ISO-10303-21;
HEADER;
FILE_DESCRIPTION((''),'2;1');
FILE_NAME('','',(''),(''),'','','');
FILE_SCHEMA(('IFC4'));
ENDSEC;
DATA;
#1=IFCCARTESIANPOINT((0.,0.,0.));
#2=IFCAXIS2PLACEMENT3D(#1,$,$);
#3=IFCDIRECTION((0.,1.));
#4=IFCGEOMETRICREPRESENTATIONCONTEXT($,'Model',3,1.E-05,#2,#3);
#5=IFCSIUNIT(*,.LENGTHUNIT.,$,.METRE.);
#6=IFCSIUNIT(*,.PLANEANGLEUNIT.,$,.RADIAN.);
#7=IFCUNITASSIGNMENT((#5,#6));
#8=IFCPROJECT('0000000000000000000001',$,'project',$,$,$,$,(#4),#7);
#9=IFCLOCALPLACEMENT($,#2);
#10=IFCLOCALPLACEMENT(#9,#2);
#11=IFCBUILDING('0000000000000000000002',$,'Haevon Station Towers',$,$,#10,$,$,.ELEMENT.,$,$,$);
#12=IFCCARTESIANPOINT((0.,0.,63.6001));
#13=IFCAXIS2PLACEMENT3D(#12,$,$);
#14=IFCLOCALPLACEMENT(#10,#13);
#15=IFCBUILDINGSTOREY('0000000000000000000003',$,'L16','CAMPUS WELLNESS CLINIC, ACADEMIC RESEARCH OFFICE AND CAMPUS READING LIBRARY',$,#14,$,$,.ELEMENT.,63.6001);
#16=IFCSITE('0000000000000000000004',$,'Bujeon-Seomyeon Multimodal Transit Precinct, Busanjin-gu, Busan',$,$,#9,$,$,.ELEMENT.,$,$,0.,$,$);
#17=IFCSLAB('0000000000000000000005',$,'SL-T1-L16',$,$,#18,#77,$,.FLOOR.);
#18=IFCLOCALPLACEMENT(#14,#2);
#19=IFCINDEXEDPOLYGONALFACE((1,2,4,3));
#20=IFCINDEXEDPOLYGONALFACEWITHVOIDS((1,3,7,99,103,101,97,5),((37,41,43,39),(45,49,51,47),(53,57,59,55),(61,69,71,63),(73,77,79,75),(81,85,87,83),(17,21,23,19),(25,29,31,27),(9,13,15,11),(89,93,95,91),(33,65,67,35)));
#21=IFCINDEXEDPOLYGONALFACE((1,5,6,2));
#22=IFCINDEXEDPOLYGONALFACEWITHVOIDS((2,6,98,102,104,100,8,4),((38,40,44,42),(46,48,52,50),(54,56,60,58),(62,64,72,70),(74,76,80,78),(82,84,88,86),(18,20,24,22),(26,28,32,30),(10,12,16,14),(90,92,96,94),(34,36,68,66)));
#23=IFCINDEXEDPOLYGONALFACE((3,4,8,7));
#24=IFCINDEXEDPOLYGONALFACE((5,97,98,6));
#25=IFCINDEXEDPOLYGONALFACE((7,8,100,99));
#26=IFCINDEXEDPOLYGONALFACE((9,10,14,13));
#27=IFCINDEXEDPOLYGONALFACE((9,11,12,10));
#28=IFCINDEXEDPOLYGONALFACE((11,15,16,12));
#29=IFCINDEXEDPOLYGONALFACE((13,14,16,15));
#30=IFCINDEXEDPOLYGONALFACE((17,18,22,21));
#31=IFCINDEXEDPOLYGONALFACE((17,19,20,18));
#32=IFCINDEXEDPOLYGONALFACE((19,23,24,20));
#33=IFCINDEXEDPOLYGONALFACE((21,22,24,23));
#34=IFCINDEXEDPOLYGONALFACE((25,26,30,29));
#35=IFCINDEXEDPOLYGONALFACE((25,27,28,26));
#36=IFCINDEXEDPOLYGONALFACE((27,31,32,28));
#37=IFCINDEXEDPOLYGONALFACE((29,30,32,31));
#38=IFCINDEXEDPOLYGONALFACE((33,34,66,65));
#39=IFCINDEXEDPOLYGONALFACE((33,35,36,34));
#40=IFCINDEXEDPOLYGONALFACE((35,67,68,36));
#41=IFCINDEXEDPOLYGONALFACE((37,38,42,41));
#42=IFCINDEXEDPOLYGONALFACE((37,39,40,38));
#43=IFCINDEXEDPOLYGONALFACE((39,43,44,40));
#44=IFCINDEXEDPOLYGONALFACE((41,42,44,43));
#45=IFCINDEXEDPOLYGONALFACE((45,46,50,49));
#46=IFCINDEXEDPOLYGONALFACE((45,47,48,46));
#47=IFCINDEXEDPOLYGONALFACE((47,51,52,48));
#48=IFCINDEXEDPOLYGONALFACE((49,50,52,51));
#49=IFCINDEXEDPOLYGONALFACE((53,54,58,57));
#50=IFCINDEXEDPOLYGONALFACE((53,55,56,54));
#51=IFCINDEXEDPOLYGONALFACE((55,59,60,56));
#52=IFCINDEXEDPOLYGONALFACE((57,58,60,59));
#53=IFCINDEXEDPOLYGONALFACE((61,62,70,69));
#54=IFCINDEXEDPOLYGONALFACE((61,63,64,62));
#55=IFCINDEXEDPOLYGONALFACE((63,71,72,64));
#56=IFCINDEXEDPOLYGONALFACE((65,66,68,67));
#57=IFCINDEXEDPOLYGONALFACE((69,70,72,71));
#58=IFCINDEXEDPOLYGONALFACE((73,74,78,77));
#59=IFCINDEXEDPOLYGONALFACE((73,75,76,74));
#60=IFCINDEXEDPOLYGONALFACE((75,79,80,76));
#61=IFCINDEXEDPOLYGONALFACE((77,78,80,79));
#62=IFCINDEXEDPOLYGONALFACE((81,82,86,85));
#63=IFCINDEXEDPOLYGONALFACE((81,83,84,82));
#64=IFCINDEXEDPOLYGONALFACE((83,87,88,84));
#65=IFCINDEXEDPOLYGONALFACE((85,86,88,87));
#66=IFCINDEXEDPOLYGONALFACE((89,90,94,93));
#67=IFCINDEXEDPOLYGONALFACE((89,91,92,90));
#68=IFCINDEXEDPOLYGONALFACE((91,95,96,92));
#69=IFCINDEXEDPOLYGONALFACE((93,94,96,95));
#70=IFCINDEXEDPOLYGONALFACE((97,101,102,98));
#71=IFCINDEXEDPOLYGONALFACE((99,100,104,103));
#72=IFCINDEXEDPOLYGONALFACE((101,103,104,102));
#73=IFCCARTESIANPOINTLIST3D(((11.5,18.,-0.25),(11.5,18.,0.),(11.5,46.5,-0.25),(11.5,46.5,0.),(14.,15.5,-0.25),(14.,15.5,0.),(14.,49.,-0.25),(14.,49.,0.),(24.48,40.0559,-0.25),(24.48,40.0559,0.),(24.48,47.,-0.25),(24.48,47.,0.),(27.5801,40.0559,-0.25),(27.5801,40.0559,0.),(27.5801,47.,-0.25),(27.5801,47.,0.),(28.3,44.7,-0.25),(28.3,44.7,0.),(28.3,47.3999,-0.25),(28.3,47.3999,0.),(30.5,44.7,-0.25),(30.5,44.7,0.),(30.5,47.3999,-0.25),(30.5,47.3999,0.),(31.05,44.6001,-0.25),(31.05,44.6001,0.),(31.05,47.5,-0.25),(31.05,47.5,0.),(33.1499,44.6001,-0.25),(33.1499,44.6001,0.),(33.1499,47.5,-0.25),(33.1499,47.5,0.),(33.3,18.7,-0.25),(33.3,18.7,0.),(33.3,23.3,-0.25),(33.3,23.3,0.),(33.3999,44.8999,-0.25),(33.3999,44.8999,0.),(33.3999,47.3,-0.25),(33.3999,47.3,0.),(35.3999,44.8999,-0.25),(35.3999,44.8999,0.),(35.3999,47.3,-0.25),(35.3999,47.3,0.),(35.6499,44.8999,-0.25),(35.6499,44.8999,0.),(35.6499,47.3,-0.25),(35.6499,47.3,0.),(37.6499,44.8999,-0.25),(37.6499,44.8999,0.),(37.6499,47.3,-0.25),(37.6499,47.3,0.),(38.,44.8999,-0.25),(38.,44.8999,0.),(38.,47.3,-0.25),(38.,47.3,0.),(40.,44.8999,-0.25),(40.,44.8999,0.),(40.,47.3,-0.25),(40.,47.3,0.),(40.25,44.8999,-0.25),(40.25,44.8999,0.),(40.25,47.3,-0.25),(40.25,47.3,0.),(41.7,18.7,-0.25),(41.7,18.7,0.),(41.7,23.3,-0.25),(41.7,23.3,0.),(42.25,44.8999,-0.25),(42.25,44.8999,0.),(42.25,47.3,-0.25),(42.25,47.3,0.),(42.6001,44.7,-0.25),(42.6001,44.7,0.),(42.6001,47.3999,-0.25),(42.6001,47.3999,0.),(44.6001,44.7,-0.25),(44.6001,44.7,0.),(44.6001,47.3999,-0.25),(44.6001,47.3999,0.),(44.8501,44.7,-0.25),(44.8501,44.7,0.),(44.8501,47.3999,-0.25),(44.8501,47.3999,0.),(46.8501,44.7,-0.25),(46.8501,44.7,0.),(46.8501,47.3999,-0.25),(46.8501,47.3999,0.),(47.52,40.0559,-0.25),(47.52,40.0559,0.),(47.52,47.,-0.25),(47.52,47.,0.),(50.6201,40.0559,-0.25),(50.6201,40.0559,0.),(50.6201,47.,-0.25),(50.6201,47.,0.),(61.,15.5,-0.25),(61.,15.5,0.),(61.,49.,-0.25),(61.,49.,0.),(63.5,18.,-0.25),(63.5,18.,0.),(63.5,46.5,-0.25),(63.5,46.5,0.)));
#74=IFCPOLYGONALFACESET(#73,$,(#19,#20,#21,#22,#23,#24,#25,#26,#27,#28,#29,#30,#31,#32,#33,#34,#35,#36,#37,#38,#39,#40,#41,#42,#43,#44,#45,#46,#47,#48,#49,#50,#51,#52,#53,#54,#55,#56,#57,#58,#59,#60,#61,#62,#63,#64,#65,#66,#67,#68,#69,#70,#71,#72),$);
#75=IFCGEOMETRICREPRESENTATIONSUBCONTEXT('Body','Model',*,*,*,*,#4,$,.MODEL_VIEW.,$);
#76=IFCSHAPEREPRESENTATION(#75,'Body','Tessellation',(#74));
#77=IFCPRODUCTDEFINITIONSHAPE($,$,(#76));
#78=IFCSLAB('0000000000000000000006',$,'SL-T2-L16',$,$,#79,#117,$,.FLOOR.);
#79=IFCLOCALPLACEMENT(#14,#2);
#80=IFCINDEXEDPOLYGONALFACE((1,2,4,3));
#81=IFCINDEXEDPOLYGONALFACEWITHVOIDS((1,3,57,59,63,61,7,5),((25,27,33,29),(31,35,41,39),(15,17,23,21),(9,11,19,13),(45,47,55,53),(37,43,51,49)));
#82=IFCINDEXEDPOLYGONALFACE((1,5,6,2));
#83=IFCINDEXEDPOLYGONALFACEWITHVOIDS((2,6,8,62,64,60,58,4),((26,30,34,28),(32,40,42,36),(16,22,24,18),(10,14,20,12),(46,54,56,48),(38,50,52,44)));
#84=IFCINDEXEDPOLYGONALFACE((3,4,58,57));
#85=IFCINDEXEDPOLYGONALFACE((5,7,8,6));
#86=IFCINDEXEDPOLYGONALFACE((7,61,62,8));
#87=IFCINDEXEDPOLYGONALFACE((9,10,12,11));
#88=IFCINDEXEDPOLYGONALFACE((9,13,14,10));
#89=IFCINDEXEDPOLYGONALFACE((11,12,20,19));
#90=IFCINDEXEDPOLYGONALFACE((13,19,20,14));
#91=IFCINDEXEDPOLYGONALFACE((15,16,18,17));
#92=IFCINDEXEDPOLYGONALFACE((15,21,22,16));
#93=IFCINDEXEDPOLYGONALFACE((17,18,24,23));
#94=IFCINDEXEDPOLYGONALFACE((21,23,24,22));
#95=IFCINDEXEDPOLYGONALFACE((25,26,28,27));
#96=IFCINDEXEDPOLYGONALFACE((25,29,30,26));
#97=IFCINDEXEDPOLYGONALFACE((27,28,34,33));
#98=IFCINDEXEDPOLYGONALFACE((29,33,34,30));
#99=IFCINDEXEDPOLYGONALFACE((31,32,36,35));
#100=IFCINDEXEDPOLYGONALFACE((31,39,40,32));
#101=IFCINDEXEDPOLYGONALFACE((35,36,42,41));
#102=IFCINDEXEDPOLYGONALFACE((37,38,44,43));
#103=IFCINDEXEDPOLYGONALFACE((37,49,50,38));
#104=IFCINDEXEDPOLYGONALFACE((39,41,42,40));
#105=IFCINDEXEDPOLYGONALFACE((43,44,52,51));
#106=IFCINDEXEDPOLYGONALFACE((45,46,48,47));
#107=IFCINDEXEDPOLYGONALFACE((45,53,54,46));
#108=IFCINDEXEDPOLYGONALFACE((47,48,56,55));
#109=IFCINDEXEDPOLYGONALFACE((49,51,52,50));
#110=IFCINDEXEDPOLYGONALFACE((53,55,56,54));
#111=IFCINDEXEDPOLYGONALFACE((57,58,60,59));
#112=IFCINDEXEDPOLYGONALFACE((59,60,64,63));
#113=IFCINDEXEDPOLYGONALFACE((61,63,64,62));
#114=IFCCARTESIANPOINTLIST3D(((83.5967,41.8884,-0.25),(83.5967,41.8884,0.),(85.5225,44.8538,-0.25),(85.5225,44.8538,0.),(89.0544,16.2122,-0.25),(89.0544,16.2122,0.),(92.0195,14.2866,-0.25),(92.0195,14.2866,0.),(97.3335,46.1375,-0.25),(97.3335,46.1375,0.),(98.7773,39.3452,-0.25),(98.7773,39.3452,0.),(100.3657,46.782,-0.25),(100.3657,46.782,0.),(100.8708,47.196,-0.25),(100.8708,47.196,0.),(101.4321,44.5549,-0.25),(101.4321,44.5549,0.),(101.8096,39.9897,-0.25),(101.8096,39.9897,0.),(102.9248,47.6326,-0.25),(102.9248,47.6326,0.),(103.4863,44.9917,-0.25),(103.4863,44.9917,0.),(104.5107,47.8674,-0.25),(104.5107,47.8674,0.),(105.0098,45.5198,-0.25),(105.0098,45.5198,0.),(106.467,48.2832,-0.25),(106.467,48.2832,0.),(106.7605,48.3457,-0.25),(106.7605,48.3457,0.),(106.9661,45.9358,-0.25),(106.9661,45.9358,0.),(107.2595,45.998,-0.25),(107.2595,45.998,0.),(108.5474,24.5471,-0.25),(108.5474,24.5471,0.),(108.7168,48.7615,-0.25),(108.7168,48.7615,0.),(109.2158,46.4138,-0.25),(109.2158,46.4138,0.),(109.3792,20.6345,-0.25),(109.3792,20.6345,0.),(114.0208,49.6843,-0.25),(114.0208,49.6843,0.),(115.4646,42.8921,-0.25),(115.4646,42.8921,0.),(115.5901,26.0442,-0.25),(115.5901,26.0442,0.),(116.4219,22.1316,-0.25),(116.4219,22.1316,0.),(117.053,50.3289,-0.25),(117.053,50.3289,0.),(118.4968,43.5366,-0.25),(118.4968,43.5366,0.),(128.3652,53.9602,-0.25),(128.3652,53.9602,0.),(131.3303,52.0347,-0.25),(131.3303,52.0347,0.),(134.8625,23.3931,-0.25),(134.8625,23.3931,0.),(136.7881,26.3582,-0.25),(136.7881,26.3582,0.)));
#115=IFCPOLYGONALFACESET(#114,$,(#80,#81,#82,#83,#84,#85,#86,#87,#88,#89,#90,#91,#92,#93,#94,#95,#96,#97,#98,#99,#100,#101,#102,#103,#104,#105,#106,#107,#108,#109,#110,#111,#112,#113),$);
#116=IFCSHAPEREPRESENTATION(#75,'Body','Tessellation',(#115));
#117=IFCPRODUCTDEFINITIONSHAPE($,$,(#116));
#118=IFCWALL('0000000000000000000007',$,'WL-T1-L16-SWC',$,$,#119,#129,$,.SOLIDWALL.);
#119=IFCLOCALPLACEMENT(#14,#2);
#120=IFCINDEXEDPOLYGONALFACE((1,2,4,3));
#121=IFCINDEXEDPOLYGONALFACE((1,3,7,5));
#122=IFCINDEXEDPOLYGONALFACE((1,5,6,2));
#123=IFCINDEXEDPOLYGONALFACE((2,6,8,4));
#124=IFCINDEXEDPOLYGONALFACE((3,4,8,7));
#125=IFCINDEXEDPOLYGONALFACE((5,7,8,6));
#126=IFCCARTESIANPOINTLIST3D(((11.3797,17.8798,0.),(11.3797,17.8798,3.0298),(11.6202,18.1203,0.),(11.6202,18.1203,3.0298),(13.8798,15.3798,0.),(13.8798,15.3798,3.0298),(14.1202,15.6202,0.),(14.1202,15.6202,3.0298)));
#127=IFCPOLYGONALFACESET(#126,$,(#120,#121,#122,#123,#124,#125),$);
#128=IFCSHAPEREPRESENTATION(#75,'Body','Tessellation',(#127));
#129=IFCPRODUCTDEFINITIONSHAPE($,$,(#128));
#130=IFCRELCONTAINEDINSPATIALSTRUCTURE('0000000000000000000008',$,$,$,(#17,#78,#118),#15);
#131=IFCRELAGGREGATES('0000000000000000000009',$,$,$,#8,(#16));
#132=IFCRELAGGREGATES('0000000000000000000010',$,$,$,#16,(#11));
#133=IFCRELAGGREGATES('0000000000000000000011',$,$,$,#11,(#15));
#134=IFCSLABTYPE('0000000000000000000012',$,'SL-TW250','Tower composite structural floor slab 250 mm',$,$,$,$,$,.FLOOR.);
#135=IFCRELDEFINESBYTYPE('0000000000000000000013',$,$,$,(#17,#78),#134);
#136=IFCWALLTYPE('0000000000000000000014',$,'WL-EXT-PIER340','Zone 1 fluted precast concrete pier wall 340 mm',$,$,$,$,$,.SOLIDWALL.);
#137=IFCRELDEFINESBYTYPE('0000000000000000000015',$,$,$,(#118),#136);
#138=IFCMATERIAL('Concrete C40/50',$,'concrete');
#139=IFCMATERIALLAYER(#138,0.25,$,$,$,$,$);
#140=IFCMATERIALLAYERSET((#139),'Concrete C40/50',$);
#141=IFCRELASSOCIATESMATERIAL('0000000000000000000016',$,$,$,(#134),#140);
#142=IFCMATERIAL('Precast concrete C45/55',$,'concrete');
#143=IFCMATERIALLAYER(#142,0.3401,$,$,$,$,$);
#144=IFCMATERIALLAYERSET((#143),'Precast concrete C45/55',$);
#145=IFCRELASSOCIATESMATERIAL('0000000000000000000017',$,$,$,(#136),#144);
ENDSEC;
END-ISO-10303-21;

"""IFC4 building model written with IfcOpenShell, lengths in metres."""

from ifc_helpers import new_model, si_unit, direction, frame, frame_2d, origin, place, context, subcontext, project, spatial, polyline, rectangle, outline, extrude, material, layer, layer_set, type_object, element, save


model = new_model("IFC4")

# Units and contexts
model_context = context("Model", 3, precision=1e-05, world=origin(), true_north=direction((0.0, 1.0)))
body_context = subcontext(model_context, "Body", "Model", "MODEL_VIEW")
ifc_project = project(units=[si_unit("LENGTHUNIT", "METRE"), si_unit("PLANEANGLEUNIT", "RADIAN")], contexts=[model_context])

# Site, building, storey
site_placement = place(None, origin())
site = spatial("IfcSite", under=ifc_project, at=site_placement, Name="Bujeon-Seomyeon Multimodal Transit Precinct, Busanjin-gu, Busan", CompositionType="ELEMENT", RefElevation=0.0)
building_placement = place(site_placement, origin())
building = spatial("IfcBuilding", under=site, at=building_placement, Name="Haevon Station Towers", CompositionType="ELEMENT")
storey_placement = place(building_placement, frame((0.0, 0.0, 63.6001)))
storey = spatial("IfcBuildingStorey", under=building, at=storey_placement, Name="L16", Description="CAMPUS WELLNESS CLINIC, ACADEMIC RESEARCH OFFICE AND CAMPUS READING LIBRARY", CompositionType="ELEMENT", Elevation=63.6001)

# Shared definitions
ifc_material_1 = material(Name="Concrete C40/50", Category="concrete")

# Slabs
ifc_layer_1 = layer(ifc_material_1, 0.25)
ifc_layer_set_1 = layer_set([ifc_layer_1], Name="Concrete C40/50")
slab_type_1 = type_object("IfcSlabType", Name="SL-TW250", Description="Tower composite structural floor slab 250 mm", PredefinedType="FLOOR", material=ifc_layer_set_1)
slab_1_placement = place(storey_placement, frame((0.0, 0.0, -0.25)))
element("IfcSlab", 1, at=slab_1_placement, inside=storey, type_object=slab_type_1, Name="SL-T1-L16", PredefinedType="FLOOR", context=body_context, shape_type="SweptSolid", body=[
    extrude(outline(polyline([(14.0, 15.5), (61.0, 15.5), (63.5, 18.0), (63.5, 46.5), (61.0, 49.0), (14.0, 49.0), (11.5, 46.5), (11.5, 18.0), (14.0, 15.5)]), holes=[polyline([(27.5801, 40.0559), (27.5801, 47.0), (24.48, 47.0), (24.48, 40.0559), (27.5801, 40.0559)]), polyline([(50.6201, 40.0559), (50.6201, 47.0), (47.52, 47.0), (47.52, 40.0559), (50.6201, 40.0559)]), polyline([(28.3, 44.7), (30.5, 44.7), (30.5, 47.3999), (28.3, 47.3999), (28.3, 44.7)]), polyline([(31.05, 44.6001), (33.1499, 44.6001), (33.1499, 47.5), (31.05, 47.5), (31.05, 44.6001)]), polyline([(33.3999, 44.8999), (35.3999, 44.8999), (35.3999, 47.3), (33.3999, 47.3), (33.3999, 44.8999)]), polyline([(35.6499, 44.8999), (37.6499, 44.8999), (37.6499, 47.3), (35.6499, 47.3), (35.6499, 44.8999)]), polyline([(38.0, 44.8999), (40.0, 44.8999), (40.0, 47.3), (38.0, 47.3), (38.0, 44.8999)]), polyline([(40.25, 44.8999), (42.25, 44.8999), (42.25, 47.3), (40.25, 47.3), (40.25, 44.8999)]), polyline([(42.6001, 44.7), (44.6001, 44.7), (44.6001, 47.3999), (42.6001, 47.3999), (42.6001, 44.7)]), polyline([(44.8501, 44.7), (46.8501, 44.7), (46.8501, 47.3999), (44.8501, 47.3999), (44.8501, 44.7)]), polyline([(33.3, 18.7), (41.7, 18.7), (41.7, 23.3), (33.3, 23.3), (33.3, 18.7)])]), origin(), (0.0, 0.0, 1.0), 0.25),
])
slab_2_placement = place(storey_placement, frame((0.0, 0.0, -0.25)))
element("IfcSlab", 2, at=slab_2_placement, inside=storey, type_object=slab_type_1, Name="SL-T2-L16", PredefinedType="FLOOR", context=body_context, shape_type="SweptSolid", body=[
    extrude(outline(polyline([(92.0195, 14.2866), (134.8625, 23.3931), (136.7881, 26.3582), (131.3303, 52.0347), (128.3652, 53.9602), (85.5225, 44.8538), (83.5967, 41.8884), (89.0544, 16.2122), (92.0195, 14.2866)]), holes=[polyline([(101.8096, 39.9897), (100.3657, 46.782), (97.3335, 46.1375), (98.7773, 39.3452), (101.8096, 39.9897)]), polyline([(118.4968, 43.5366), (117.053, 50.3289), (114.0208, 49.6843), (115.4646, 42.8921), (118.4968, 43.5366)]), polyline([(101.4321, 44.5549), (103.4863, 44.9917), (102.9248, 47.6326), (100.8708, 47.196), (101.4321, 44.5549)]), polyline([(105.0098, 45.5198), (106.9661, 45.9358), (106.467, 48.2832), (104.5107, 47.8674), (105.0098, 45.5198)]), polyline([(107.2595, 45.998), (109.2158, 46.4138), (108.7168, 48.7615), (106.7605, 48.3457), (107.2595, 45.998)]), polyline([(109.3792, 20.6345), (116.4219, 22.1316), (115.5901, 26.0442), (108.5474, 24.5471), (109.3792, 20.6345)])]), origin(), (0.0, 0.0, 1.0), 0.25),
])

# Wall
ifc_material_2 = material(Name="Precast concrete C45/55", Category="concrete")
ifc_layer_2 = layer(ifc_material_2, 0.3401)
ifc_layer_set_2 = layer_set([ifc_layer_2], Name="Precast concrete C45/55")
wall_type_1 = type_object("IfcWallType", Name="WL-EXT-PIER340", Description="Zone 1 fluted precast concrete pier wall 340 mm", PredefinedType="SOLIDWALL", material=ifc_layer_set_2)
wall_1_placement = place(storey_placement, frame((14.0, 15.5, 0.0), z_axis=(0.0, 0.0, 1.0), x_axis=(-0.707107, 0.707107, 0.0)))
element("IfcWall", 3, at=wall_1_placement, inside=storey, type_object=wall_type_1, Name="WL-T1-L16-SWC", PredefinedType="SOLIDWALL", context=body_context, shape_type="SweptSolid", body=[
    extrude(rectangle(XDim=3.5356, YDim=0.3401, at=frame_2d((1.7678, 0.0))), origin(), (0.0, 0.0, 1.0), 3.0298),
])

save(model, "model.ifc")
